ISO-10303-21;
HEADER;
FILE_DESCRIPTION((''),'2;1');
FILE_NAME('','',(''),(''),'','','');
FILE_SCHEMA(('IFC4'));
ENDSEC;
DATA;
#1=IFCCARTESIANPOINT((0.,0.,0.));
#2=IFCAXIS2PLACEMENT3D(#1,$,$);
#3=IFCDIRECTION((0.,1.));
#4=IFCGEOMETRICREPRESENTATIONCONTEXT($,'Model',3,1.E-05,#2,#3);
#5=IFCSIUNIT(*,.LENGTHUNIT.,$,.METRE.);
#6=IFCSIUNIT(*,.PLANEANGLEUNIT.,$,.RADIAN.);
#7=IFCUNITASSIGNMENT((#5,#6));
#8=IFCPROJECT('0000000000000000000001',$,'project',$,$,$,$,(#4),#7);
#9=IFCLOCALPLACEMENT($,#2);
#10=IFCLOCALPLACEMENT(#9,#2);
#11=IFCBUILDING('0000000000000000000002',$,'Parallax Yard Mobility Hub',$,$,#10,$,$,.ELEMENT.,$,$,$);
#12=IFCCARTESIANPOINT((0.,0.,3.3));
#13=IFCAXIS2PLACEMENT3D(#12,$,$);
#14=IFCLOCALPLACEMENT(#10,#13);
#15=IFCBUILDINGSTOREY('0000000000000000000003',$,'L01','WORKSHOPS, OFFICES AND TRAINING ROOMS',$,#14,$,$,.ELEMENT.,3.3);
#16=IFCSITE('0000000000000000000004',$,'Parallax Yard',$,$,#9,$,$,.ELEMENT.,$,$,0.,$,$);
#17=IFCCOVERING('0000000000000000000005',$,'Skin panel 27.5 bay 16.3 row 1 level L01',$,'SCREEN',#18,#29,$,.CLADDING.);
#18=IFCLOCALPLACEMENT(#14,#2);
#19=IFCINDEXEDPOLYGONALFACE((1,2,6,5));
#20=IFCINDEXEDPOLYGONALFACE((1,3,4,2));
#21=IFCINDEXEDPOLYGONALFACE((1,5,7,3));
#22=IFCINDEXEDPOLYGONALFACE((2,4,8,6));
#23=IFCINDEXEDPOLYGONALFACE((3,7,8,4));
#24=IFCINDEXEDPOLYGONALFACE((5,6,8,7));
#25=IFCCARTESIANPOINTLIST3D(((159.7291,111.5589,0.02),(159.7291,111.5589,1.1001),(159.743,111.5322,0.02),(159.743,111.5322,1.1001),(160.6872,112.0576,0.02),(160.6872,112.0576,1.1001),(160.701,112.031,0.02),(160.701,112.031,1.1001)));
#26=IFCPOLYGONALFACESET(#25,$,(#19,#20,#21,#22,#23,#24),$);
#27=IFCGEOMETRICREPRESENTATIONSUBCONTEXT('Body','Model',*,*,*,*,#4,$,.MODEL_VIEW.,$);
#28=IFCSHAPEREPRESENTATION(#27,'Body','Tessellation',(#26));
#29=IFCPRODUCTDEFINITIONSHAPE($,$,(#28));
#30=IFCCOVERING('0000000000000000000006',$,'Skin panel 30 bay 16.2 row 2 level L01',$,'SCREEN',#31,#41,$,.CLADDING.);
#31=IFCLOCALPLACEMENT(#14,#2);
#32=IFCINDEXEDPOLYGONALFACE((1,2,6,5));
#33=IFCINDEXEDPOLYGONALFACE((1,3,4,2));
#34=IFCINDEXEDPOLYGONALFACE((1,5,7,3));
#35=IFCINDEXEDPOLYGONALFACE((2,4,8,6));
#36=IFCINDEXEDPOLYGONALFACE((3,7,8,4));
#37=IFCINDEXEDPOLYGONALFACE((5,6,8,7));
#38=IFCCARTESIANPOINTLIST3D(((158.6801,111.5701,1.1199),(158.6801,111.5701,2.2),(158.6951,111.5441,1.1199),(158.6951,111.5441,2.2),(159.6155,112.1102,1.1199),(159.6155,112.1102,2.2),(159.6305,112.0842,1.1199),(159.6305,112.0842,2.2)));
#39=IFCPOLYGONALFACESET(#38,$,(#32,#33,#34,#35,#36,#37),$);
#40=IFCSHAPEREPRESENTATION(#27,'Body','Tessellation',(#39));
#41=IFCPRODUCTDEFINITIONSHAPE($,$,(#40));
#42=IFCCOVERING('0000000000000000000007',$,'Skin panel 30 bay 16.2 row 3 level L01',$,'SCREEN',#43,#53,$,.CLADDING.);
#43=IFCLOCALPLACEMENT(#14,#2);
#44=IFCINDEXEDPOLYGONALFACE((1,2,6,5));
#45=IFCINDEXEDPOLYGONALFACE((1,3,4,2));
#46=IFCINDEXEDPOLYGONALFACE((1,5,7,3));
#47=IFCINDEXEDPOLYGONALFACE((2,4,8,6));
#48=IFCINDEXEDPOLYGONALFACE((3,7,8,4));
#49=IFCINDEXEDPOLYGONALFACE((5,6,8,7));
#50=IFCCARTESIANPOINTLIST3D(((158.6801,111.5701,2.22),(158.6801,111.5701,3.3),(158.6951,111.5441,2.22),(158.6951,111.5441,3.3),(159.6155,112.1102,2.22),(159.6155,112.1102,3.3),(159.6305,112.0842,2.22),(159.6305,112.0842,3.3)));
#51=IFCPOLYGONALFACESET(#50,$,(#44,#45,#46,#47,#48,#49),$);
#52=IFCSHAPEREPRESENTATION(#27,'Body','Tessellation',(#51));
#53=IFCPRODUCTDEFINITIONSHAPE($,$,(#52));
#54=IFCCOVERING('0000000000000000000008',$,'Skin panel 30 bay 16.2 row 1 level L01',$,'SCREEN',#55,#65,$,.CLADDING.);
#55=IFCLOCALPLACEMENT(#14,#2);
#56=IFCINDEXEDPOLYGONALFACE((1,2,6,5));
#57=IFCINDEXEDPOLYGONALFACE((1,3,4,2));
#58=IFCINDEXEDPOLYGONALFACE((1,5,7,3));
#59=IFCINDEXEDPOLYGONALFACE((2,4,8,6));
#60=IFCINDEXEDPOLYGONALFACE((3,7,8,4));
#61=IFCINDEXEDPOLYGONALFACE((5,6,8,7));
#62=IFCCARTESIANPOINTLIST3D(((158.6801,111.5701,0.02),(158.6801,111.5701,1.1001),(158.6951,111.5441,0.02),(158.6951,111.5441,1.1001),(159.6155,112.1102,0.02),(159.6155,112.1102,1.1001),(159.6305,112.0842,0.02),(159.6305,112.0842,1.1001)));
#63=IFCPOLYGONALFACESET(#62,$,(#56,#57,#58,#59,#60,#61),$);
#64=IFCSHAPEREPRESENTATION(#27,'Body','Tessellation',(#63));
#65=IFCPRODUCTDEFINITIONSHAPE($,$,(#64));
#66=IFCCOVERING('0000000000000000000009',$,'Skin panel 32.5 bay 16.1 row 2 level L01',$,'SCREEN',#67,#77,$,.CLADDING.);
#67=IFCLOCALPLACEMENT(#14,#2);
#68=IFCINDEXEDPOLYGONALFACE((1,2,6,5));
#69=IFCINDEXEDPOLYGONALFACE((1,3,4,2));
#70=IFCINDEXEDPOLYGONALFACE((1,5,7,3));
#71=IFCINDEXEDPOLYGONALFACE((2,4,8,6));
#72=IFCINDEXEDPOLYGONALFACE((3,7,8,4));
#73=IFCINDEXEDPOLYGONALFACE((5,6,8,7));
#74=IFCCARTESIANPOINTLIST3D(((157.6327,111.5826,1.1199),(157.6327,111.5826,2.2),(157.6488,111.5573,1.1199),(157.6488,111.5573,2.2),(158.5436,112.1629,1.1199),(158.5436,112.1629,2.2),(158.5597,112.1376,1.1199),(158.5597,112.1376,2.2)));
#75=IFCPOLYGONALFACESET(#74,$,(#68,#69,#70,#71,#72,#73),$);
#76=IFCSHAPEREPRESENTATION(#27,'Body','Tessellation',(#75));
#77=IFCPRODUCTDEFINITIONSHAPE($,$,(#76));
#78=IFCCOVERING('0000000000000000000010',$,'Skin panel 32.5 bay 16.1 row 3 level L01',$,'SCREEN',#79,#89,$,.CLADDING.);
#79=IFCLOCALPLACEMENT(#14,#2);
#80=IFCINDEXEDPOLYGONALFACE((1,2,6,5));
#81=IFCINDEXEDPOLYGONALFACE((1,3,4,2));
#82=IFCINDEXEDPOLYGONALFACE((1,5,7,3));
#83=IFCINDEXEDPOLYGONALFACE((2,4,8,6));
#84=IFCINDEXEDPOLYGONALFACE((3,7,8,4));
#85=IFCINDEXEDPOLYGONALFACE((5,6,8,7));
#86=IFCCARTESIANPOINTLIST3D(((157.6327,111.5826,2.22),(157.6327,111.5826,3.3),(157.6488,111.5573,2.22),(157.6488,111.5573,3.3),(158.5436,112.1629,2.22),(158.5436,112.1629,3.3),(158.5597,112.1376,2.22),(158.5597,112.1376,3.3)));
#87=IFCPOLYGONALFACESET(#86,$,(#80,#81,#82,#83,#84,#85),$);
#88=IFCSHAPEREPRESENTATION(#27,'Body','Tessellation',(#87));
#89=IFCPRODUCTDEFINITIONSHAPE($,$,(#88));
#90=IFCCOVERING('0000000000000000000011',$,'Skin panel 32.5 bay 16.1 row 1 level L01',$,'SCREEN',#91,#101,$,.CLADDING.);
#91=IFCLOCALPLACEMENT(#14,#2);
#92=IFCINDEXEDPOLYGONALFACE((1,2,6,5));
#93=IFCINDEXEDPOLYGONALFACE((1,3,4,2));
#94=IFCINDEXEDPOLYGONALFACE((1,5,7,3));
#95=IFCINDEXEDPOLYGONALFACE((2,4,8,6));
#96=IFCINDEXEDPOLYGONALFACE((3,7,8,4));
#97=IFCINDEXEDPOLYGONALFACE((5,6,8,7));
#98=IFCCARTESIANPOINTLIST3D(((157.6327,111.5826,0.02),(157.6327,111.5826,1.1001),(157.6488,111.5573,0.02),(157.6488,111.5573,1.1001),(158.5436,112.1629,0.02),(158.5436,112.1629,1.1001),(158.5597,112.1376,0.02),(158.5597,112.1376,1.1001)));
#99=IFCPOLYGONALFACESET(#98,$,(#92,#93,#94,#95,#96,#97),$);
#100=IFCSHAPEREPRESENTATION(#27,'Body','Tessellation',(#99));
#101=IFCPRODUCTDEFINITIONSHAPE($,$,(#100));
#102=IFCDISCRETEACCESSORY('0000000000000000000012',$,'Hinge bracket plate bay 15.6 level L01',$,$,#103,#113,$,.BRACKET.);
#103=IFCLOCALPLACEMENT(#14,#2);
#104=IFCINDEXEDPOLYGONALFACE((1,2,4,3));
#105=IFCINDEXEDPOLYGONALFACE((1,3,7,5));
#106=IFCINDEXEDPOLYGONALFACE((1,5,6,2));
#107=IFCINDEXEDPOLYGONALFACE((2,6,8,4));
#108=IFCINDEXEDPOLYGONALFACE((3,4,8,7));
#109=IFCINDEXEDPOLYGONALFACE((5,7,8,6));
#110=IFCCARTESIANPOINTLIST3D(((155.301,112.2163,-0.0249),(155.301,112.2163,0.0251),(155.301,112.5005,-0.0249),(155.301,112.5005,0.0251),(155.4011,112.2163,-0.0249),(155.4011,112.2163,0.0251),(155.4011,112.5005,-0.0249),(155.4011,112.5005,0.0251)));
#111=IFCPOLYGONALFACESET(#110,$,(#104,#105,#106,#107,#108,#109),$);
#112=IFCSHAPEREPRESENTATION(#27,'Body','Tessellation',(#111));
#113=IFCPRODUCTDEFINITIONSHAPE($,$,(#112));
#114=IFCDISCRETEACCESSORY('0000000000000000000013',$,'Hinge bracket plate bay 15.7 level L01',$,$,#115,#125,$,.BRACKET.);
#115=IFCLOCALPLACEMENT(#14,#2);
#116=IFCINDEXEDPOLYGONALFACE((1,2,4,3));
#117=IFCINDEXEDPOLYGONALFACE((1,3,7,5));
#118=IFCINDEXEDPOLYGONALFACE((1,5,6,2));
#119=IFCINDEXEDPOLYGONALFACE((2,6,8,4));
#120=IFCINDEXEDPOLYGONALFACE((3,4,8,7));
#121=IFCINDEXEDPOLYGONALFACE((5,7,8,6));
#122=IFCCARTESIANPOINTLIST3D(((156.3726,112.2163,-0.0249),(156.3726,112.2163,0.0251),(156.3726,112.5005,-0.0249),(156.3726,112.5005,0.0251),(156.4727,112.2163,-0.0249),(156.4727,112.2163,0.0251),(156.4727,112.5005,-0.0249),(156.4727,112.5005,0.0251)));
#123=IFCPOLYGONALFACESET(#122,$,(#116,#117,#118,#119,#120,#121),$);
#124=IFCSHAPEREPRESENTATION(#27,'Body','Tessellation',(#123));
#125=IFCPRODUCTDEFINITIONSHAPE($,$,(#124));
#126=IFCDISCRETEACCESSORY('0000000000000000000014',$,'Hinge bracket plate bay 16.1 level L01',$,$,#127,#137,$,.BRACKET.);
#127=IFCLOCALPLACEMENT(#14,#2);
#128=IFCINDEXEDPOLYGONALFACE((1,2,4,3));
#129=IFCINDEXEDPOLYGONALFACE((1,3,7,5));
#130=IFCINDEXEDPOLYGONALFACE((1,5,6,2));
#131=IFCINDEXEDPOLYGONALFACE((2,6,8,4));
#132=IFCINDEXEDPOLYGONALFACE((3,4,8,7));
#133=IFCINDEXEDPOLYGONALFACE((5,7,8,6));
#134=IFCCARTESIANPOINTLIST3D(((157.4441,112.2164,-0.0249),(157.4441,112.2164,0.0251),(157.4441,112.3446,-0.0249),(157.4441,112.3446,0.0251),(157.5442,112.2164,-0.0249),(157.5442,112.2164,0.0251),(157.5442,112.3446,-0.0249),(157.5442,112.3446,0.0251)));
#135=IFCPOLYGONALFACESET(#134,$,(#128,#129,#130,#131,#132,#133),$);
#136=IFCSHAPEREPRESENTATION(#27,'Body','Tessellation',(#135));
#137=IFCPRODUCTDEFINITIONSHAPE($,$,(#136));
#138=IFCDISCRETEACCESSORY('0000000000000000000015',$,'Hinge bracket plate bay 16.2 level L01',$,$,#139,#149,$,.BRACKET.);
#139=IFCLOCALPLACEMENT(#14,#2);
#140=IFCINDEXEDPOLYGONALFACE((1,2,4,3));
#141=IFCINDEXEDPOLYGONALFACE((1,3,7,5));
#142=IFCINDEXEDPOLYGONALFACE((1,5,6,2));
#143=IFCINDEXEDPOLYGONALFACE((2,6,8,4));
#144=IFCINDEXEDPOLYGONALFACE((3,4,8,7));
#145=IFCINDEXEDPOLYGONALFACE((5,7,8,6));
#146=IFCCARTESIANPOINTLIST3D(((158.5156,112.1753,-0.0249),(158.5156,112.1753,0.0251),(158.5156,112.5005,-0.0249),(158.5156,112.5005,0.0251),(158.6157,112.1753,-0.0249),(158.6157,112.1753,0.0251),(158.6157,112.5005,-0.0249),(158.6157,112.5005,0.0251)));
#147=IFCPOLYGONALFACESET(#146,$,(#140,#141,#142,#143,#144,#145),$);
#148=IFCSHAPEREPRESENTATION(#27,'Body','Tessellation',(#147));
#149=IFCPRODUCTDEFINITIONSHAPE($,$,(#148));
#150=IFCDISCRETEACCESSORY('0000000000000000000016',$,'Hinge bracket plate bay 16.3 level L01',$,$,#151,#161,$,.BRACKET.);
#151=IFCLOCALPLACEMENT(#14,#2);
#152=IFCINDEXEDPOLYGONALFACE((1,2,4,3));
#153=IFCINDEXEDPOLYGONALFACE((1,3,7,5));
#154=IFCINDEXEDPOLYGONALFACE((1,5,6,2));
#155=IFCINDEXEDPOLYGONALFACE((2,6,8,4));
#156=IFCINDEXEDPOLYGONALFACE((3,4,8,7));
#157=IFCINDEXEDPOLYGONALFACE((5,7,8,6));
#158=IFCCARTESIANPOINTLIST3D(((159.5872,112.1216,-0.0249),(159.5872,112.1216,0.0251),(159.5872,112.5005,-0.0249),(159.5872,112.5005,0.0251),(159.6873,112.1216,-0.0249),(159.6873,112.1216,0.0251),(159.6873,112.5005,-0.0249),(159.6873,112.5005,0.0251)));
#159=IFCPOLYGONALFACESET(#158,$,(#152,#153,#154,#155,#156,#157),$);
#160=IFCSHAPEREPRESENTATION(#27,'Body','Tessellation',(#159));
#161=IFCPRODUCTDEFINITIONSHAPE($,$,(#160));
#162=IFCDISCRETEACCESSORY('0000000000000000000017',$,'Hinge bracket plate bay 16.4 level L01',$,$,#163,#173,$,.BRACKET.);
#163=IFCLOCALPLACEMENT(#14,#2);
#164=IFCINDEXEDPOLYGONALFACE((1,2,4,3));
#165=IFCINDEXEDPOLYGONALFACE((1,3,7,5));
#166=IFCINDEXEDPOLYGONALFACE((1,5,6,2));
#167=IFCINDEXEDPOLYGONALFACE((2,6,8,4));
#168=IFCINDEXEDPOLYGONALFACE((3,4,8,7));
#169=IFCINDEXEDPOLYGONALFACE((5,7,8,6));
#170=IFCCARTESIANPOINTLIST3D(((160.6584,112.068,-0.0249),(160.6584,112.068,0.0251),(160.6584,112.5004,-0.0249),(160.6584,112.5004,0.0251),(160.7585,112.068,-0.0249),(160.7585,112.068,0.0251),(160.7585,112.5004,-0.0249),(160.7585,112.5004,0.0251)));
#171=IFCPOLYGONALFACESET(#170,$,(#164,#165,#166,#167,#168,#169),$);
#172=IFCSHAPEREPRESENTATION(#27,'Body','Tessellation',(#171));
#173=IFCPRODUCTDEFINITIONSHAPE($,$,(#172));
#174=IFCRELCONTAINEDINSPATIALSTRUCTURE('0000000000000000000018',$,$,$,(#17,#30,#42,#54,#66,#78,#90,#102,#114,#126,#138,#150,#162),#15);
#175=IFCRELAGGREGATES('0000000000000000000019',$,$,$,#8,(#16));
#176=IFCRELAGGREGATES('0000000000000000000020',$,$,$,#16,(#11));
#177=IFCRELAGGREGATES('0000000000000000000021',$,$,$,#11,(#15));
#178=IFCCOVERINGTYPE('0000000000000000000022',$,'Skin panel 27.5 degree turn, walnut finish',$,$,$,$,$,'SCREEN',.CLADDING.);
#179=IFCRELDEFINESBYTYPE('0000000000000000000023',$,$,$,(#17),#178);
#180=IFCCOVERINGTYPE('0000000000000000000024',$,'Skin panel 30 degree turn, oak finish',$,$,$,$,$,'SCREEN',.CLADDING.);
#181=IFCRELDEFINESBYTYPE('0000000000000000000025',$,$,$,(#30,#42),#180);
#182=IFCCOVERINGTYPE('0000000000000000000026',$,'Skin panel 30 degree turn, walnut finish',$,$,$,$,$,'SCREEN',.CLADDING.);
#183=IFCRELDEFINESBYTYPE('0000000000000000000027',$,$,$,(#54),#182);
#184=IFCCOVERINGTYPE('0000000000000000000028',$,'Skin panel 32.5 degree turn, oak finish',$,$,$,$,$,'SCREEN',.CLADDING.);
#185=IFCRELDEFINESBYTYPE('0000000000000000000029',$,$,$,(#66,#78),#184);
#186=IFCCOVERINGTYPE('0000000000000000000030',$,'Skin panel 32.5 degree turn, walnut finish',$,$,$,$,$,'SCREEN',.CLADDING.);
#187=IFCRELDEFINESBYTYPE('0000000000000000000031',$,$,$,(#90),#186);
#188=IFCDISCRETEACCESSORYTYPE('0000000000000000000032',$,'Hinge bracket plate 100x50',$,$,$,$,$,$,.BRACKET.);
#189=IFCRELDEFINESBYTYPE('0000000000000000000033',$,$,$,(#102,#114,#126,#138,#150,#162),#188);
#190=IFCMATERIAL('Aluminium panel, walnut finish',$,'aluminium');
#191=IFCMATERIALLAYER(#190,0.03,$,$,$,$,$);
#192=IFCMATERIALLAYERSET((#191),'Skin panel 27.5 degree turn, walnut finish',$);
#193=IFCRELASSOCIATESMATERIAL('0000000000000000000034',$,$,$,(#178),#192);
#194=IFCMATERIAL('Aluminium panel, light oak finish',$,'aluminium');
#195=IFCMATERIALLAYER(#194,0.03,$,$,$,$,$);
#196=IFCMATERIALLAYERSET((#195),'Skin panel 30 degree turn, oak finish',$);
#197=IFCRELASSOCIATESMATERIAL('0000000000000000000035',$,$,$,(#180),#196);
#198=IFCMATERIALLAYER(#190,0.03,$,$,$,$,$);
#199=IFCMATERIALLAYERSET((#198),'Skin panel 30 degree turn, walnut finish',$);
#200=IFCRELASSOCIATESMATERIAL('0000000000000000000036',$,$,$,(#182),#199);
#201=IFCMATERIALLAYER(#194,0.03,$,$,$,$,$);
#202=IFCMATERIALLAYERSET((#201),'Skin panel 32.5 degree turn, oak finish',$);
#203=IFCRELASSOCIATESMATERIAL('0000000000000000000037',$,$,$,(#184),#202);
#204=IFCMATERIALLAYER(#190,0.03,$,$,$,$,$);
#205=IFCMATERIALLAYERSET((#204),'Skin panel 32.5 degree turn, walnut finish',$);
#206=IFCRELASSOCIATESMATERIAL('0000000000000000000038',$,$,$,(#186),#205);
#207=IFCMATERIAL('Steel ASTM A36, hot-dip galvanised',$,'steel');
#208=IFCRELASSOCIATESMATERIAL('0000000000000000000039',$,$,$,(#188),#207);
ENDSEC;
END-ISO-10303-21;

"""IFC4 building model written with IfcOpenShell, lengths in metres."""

from ifc_helpers import new_model, si_unit, direction, frame, origin, origin_2d, place, context, subcontext, project, spatial, rectangle, extrude, material, layer, layer_set, type_object, element, save


model = new_model("IFC4")

# Units and contexts
model_context = context("Model", 3, precision=1e-05, world=origin(), true_north=direction((0.0, 1.0)))
body_context = subcontext(model_context, "Body", "Model", "MODEL_VIEW")
ifc_project = project(units=[si_unit("LENGTHUNIT", "METRE"), si_unit("PLANEANGLEUNIT", "RADIAN")], contexts=[model_context])

# Site, building, storey
site_placement = place(None, origin())
site = spatial("IfcSite", under=ifc_project, at=site_placement, Name="Parallax Yard", CompositionType="ELEMENT", RefElevation=0.0)
building_placement = place(site_placement, origin())
building = spatial("IfcBuilding", under=site, at=building_placement, Name="Parallax Yard Mobility Hub", CompositionType="ELEMENT")
storey_placement = place(building_placement, frame((0.0, 0.0, 3.3)))
storey = spatial("IfcBuildingStorey", under=building, at=storey_placement, Name="L01", Description="WORKSHOPS, OFFICES AND TRAINING ROOMS", CompositionType="ELEMENT", Elevation=3.3)

# Coverings
ifc_material_1 = material(Name="Aluminium panel, light oak finish", Category="aluminium")
ifc_material_2 = material(Name="Aluminium panel, walnut finish", Category="aluminium")
ifc_layer_1 = layer(ifc_material_2, 0.03)
ifc_layer_set_1 = layer_set([ifc_layer_1], Name="Skin panel 27.5 degree turn, walnut finish")
covering_type_1 = type_object("IfcCoveringType", Name="Skin panel 27.5 degree turn, walnut finish", ElementType="SCREEN", PredefinedType="CLADDING", material=ifc_layer_set_1)
for number, where, z_axis, x_axis, name in (
    (1, (160.2151, 111.7949, 0.02), (0.0, 0.0, 1.0), (-0.887011, -0.461749, 0.0), "Skin panel 27.5 bay 16.3 row 1 level L01"),
):
    element("IfcCovering", number, at=place(storey_placement, frame(where, z_axis=z_axis, x_axis=x_axis)), inside=storey, type_object=covering_type_1, Name=name, ObjectType="SCREEN", PredefinedType="CLADDING", context=body_context, shape_type="SweptSolid", body=[
        extrude(rectangle(XDim=1.0801, YDim=0.03, at=origin_2d()), origin(), (0.0, 0.0, 1.0), 1.0801),
    ])
ifc_layer_2 = layer(ifc_material_1, 0.03)
ifc_layer_set_2 = layer_set([ifc_layer_2], Name="Skin panel 30 degree turn, oak finish")
covering_type_2 = type_object("IfcCoveringType", Name="Skin panel 30 degree turn, oak finish", ElementType="SCREEN", PredefinedType="CLADDING", material=ifc_layer_set_2)
for number, where, z_axis, x_axis, name in (
    (2, (159.1553, 111.8271, 1.1199), (0.0, 0.0, 1.0), (-0.866025, -0.5, 0.0), "Skin panel 30 bay 16.2 row 2 level L01"),
    (3, (159.1553, 111.8271, 2.22), (0.0, 0.0, 1.0), (-0.866025, -0.5, 0.0), "Skin panel 30 bay 16.2 row 3 level L01"),
):
    element("IfcCovering", number, at=place(storey_placement, frame(where, z_axis=z_axis, x_axis=x_axis)), inside=storey, type_object=covering_type_2, Name=name, ObjectType="SCREEN", PredefinedType="CLADDING", context=body_context, shape_type="SweptSolid", body=[
        extrude(rectangle(XDim=1.0801, YDim=0.03, at=origin_2d()), origin(), (0.0, 0.0, 1.0), 1.0801),
    ])
ifc_layer_3 = layer(ifc_material_2, 0.03)
ifc_layer_set_3 = layer_set([ifc_layer_3], Name="Skin panel 30 degree turn, walnut finish")
covering_type_3 = type_object("IfcCoveringType", Name="Skin panel 30 degree turn, walnut finish", ElementType="SCREEN", PredefinedType="CLADDING", material=ifc_layer_set_3)
covering_1_placement = place(storey_placement, frame((159.1553, 111.8271, 0.02), z_axis=(0.0, 0.0, 1.0), x_axis=(-0.866025, -0.5, 0.0)))
element("IfcCovering", 4, at=covering_1_placement, inside=storey, type_object=covering_type_3, Name="Skin panel 30 bay 16.2 row 1 level L01", ObjectType="SCREEN", PredefinedType="CLADDING", context=body_context, shape_type="SweptSolid", body=[
    extrude(rectangle(XDim=1.0801, YDim=0.03, at=origin_2d()), origin(), (0.0, 0.0, 1.0), 1.0801),
])
ifc_layer_4 = layer(ifc_material_1, 0.03)
ifc_layer_set_4 = layer_set([ifc_layer_4], Name="Skin panel 32.5 degree turn, oak finish")
covering_type_4 = type_object("IfcCoveringType", Name="Skin panel 32.5 degree turn, oak finish", ElementType="SCREEN", PredefinedType="CLADDING", material=ifc_layer_set_4)
for number, where, z_axis, x_axis, name in (
    (5, (158.0962, 111.8601, 1.1199), (0.0, 0.0, 1.0), (-0.843391, -0.5373, 0.0), "Skin panel 32.5 bay 16.1 row 2 level L01"),
    (6, (158.0962, 111.8601, 2.22), (0.0, 0.0, 1.0), (-0.843391, -0.5373, 0.0), "Skin panel 32.5 bay 16.1 row 3 level L01"),
):
    element("IfcCovering", number, at=place(storey_placement, frame(where, z_axis=z_axis, x_axis=x_axis)), inside=storey, type_object=covering_type_4, Name=name, ObjectType="SCREEN", PredefinedType="CLADDING", context=body_context, shape_type="SweptSolid", body=[
        extrude(rectangle(XDim=1.0801, YDim=0.03, at=origin_2d()), origin(), (0.0, 0.0, 1.0), 1.0801),
    ])
ifc_layer_5 = layer(ifc_material_2, 0.03)
ifc_layer_set_5 = layer_set([ifc_layer_5], Name="Skin panel 32.5 degree turn, walnut finish")
covering_type_5 = type_object("IfcCoveringType", Name="Skin panel 32.5 degree turn, walnut finish", ElementType="SCREEN", PredefinedType="CLADDING", material=ifc_layer_set_5)
covering_2_placement = place(storey_placement, frame((158.0962, 111.8601, 0.02), z_axis=(0.0, 0.0, 1.0), x_axis=(-0.843391, -0.5373, 0.0)))
element("IfcCovering", 7, at=covering_2_placement, inside=storey, type_object=covering_type_5, Name="Skin panel 32.5 bay 16.1 row 1 level L01", ObjectType="SCREEN", PredefinedType="CLADDING", context=body_context, shape_type="SweptSolid", body=[
    extrude(rectangle(XDim=1.0801, YDim=0.03, at=origin_2d()), origin(), (0.0, 0.0, 1.0), 1.0801),
])

# Discrete accessories
ifc_material_3 = material(Name="Steel ASTM A36, hot-dip galvanised", Category="steel")
discrete_accessory_type_1 = type_object("IfcDiscreteAccessoryType", Name="Hinge bracket plate 100x50", PredefinedType="BRACKET", material=ifc_material_3)
for number, where, z_axis, x_axis, name in (
    (8, (155.3511, 112.3584, -0.0249), (0.0, 0.0, 1.0), (0.0, -1.0, 0.0), "Hinge bracket plate bay 15.6 level L01"),
    (9, (156.4226, 112.3584, -0.0249), (0.0, 0.0, 1.0), (0.0, -1.0, 0.0), "Hinge bracket plate bay 15.7 level L01"),
):
    element("IfcDiscreteAccessory", number, at=place(storey_placement, frame(where, z_axis=z_axis, x_axis=x_axis)), inside=storey, type_object=discrete_accessory_type_1, Name=name, PredefinedType="BRACKET", context=body_context, shape_type="SweptSolid", body=[
        extrude(rectangle(XDim=0.2842, YDim=0.1001, at=origin_2d()), origin(), (0.0, 0.0, 1.0), 0.05),
    ])
discrete_accessory_1_placement = place(storey_placement, frame((157.4941, 112.2805, -0.0249), z_axis=(0.0, 0.0, 1.0), x_axis=(0.0, -1.0, 0.0)))
element("IfcDiscreteAccessory", 10, at=discrete_accessory_1_placement, inside=storey, type_object=discrete_accessory_type_1, Name="Hinge bracket plate bay 16.1 level L01", PredefinedType="BRACKET", context=body_context, shape_type="SweptSolid", body=[
    extrude(rectangle(XDim=0.1282, YDim=0.1001, at=origin_2d()), origin(), (0.0, 0.0, 1.0), 0.05),
])
discrete_accessory_2_placement = place(storey_placement, frame((158.5657, 112.3379, -0.0249), z_axis=(0.0, 0.0, 1.0), x_axis=(0.0, -1.0, 0.0)))
element("IfcDiscreteAccessory", 11, at=discrete_accessory_2_placement, inside=storey, type_object=discrete_accessory_type_1, Name="Hinge bracket plate bay 16.2 level L01", PredefinedType="BRACKET", context=body_context, shape_type="SweptSolid", body=[
    extrude(rectangle(XDim=0.3252, YDim=0.1001, at=origin_2d()), origin(), (0.0, 0.0, 1.0), 0.05),
])
discrete_accessory_3_placement = place(storey_placement, frame((159.6372, 112.311, -0.0249), z_axis=(0.0, 0.0, 1.0), x_axis=(0.0, -1.0, 0.0)))
element("IfcDiscreteAccessory", 12, at=discrete_accessory_3_placement, inside=storey, type_object=discrete_accessory_type_1, Name="Hinge bracket plate bay 16.3 level L01", PredefinedType="BRACKET", context=body_context, shape_type="SweptSolid", body=[
    extrude(rectangle(XDim=0.3789, YDim=0.1001, at=origin_2d()), origin(), (0.0, 0.0, 1.0), 0.05),
])
discrete_accessory_4_placement = place(storey_placement, frame((160.7085, 112.2842, -0.0249), z_axis=(0.0, 0.0, 1.0), x_axis=(0.0, -1.0, 0.0)))
element("IfcDiscreteAccessory", 13, at=discrete_accessory_4_placement, inside=storey, type_object=discrete_accessory_type_1, Name="Hinge bracket plate bay 16.4 level L01", PredefinedType="BRACKET", context=body_context, shape_type="SweptSolid", body=[
    extrude(rectangle(XDim=0.4324, YDim=0.1001, at=origin_2d()), origin(), (0.0, 0.0, 1.0), 0.05),
])

save(model, "model.ifc")
